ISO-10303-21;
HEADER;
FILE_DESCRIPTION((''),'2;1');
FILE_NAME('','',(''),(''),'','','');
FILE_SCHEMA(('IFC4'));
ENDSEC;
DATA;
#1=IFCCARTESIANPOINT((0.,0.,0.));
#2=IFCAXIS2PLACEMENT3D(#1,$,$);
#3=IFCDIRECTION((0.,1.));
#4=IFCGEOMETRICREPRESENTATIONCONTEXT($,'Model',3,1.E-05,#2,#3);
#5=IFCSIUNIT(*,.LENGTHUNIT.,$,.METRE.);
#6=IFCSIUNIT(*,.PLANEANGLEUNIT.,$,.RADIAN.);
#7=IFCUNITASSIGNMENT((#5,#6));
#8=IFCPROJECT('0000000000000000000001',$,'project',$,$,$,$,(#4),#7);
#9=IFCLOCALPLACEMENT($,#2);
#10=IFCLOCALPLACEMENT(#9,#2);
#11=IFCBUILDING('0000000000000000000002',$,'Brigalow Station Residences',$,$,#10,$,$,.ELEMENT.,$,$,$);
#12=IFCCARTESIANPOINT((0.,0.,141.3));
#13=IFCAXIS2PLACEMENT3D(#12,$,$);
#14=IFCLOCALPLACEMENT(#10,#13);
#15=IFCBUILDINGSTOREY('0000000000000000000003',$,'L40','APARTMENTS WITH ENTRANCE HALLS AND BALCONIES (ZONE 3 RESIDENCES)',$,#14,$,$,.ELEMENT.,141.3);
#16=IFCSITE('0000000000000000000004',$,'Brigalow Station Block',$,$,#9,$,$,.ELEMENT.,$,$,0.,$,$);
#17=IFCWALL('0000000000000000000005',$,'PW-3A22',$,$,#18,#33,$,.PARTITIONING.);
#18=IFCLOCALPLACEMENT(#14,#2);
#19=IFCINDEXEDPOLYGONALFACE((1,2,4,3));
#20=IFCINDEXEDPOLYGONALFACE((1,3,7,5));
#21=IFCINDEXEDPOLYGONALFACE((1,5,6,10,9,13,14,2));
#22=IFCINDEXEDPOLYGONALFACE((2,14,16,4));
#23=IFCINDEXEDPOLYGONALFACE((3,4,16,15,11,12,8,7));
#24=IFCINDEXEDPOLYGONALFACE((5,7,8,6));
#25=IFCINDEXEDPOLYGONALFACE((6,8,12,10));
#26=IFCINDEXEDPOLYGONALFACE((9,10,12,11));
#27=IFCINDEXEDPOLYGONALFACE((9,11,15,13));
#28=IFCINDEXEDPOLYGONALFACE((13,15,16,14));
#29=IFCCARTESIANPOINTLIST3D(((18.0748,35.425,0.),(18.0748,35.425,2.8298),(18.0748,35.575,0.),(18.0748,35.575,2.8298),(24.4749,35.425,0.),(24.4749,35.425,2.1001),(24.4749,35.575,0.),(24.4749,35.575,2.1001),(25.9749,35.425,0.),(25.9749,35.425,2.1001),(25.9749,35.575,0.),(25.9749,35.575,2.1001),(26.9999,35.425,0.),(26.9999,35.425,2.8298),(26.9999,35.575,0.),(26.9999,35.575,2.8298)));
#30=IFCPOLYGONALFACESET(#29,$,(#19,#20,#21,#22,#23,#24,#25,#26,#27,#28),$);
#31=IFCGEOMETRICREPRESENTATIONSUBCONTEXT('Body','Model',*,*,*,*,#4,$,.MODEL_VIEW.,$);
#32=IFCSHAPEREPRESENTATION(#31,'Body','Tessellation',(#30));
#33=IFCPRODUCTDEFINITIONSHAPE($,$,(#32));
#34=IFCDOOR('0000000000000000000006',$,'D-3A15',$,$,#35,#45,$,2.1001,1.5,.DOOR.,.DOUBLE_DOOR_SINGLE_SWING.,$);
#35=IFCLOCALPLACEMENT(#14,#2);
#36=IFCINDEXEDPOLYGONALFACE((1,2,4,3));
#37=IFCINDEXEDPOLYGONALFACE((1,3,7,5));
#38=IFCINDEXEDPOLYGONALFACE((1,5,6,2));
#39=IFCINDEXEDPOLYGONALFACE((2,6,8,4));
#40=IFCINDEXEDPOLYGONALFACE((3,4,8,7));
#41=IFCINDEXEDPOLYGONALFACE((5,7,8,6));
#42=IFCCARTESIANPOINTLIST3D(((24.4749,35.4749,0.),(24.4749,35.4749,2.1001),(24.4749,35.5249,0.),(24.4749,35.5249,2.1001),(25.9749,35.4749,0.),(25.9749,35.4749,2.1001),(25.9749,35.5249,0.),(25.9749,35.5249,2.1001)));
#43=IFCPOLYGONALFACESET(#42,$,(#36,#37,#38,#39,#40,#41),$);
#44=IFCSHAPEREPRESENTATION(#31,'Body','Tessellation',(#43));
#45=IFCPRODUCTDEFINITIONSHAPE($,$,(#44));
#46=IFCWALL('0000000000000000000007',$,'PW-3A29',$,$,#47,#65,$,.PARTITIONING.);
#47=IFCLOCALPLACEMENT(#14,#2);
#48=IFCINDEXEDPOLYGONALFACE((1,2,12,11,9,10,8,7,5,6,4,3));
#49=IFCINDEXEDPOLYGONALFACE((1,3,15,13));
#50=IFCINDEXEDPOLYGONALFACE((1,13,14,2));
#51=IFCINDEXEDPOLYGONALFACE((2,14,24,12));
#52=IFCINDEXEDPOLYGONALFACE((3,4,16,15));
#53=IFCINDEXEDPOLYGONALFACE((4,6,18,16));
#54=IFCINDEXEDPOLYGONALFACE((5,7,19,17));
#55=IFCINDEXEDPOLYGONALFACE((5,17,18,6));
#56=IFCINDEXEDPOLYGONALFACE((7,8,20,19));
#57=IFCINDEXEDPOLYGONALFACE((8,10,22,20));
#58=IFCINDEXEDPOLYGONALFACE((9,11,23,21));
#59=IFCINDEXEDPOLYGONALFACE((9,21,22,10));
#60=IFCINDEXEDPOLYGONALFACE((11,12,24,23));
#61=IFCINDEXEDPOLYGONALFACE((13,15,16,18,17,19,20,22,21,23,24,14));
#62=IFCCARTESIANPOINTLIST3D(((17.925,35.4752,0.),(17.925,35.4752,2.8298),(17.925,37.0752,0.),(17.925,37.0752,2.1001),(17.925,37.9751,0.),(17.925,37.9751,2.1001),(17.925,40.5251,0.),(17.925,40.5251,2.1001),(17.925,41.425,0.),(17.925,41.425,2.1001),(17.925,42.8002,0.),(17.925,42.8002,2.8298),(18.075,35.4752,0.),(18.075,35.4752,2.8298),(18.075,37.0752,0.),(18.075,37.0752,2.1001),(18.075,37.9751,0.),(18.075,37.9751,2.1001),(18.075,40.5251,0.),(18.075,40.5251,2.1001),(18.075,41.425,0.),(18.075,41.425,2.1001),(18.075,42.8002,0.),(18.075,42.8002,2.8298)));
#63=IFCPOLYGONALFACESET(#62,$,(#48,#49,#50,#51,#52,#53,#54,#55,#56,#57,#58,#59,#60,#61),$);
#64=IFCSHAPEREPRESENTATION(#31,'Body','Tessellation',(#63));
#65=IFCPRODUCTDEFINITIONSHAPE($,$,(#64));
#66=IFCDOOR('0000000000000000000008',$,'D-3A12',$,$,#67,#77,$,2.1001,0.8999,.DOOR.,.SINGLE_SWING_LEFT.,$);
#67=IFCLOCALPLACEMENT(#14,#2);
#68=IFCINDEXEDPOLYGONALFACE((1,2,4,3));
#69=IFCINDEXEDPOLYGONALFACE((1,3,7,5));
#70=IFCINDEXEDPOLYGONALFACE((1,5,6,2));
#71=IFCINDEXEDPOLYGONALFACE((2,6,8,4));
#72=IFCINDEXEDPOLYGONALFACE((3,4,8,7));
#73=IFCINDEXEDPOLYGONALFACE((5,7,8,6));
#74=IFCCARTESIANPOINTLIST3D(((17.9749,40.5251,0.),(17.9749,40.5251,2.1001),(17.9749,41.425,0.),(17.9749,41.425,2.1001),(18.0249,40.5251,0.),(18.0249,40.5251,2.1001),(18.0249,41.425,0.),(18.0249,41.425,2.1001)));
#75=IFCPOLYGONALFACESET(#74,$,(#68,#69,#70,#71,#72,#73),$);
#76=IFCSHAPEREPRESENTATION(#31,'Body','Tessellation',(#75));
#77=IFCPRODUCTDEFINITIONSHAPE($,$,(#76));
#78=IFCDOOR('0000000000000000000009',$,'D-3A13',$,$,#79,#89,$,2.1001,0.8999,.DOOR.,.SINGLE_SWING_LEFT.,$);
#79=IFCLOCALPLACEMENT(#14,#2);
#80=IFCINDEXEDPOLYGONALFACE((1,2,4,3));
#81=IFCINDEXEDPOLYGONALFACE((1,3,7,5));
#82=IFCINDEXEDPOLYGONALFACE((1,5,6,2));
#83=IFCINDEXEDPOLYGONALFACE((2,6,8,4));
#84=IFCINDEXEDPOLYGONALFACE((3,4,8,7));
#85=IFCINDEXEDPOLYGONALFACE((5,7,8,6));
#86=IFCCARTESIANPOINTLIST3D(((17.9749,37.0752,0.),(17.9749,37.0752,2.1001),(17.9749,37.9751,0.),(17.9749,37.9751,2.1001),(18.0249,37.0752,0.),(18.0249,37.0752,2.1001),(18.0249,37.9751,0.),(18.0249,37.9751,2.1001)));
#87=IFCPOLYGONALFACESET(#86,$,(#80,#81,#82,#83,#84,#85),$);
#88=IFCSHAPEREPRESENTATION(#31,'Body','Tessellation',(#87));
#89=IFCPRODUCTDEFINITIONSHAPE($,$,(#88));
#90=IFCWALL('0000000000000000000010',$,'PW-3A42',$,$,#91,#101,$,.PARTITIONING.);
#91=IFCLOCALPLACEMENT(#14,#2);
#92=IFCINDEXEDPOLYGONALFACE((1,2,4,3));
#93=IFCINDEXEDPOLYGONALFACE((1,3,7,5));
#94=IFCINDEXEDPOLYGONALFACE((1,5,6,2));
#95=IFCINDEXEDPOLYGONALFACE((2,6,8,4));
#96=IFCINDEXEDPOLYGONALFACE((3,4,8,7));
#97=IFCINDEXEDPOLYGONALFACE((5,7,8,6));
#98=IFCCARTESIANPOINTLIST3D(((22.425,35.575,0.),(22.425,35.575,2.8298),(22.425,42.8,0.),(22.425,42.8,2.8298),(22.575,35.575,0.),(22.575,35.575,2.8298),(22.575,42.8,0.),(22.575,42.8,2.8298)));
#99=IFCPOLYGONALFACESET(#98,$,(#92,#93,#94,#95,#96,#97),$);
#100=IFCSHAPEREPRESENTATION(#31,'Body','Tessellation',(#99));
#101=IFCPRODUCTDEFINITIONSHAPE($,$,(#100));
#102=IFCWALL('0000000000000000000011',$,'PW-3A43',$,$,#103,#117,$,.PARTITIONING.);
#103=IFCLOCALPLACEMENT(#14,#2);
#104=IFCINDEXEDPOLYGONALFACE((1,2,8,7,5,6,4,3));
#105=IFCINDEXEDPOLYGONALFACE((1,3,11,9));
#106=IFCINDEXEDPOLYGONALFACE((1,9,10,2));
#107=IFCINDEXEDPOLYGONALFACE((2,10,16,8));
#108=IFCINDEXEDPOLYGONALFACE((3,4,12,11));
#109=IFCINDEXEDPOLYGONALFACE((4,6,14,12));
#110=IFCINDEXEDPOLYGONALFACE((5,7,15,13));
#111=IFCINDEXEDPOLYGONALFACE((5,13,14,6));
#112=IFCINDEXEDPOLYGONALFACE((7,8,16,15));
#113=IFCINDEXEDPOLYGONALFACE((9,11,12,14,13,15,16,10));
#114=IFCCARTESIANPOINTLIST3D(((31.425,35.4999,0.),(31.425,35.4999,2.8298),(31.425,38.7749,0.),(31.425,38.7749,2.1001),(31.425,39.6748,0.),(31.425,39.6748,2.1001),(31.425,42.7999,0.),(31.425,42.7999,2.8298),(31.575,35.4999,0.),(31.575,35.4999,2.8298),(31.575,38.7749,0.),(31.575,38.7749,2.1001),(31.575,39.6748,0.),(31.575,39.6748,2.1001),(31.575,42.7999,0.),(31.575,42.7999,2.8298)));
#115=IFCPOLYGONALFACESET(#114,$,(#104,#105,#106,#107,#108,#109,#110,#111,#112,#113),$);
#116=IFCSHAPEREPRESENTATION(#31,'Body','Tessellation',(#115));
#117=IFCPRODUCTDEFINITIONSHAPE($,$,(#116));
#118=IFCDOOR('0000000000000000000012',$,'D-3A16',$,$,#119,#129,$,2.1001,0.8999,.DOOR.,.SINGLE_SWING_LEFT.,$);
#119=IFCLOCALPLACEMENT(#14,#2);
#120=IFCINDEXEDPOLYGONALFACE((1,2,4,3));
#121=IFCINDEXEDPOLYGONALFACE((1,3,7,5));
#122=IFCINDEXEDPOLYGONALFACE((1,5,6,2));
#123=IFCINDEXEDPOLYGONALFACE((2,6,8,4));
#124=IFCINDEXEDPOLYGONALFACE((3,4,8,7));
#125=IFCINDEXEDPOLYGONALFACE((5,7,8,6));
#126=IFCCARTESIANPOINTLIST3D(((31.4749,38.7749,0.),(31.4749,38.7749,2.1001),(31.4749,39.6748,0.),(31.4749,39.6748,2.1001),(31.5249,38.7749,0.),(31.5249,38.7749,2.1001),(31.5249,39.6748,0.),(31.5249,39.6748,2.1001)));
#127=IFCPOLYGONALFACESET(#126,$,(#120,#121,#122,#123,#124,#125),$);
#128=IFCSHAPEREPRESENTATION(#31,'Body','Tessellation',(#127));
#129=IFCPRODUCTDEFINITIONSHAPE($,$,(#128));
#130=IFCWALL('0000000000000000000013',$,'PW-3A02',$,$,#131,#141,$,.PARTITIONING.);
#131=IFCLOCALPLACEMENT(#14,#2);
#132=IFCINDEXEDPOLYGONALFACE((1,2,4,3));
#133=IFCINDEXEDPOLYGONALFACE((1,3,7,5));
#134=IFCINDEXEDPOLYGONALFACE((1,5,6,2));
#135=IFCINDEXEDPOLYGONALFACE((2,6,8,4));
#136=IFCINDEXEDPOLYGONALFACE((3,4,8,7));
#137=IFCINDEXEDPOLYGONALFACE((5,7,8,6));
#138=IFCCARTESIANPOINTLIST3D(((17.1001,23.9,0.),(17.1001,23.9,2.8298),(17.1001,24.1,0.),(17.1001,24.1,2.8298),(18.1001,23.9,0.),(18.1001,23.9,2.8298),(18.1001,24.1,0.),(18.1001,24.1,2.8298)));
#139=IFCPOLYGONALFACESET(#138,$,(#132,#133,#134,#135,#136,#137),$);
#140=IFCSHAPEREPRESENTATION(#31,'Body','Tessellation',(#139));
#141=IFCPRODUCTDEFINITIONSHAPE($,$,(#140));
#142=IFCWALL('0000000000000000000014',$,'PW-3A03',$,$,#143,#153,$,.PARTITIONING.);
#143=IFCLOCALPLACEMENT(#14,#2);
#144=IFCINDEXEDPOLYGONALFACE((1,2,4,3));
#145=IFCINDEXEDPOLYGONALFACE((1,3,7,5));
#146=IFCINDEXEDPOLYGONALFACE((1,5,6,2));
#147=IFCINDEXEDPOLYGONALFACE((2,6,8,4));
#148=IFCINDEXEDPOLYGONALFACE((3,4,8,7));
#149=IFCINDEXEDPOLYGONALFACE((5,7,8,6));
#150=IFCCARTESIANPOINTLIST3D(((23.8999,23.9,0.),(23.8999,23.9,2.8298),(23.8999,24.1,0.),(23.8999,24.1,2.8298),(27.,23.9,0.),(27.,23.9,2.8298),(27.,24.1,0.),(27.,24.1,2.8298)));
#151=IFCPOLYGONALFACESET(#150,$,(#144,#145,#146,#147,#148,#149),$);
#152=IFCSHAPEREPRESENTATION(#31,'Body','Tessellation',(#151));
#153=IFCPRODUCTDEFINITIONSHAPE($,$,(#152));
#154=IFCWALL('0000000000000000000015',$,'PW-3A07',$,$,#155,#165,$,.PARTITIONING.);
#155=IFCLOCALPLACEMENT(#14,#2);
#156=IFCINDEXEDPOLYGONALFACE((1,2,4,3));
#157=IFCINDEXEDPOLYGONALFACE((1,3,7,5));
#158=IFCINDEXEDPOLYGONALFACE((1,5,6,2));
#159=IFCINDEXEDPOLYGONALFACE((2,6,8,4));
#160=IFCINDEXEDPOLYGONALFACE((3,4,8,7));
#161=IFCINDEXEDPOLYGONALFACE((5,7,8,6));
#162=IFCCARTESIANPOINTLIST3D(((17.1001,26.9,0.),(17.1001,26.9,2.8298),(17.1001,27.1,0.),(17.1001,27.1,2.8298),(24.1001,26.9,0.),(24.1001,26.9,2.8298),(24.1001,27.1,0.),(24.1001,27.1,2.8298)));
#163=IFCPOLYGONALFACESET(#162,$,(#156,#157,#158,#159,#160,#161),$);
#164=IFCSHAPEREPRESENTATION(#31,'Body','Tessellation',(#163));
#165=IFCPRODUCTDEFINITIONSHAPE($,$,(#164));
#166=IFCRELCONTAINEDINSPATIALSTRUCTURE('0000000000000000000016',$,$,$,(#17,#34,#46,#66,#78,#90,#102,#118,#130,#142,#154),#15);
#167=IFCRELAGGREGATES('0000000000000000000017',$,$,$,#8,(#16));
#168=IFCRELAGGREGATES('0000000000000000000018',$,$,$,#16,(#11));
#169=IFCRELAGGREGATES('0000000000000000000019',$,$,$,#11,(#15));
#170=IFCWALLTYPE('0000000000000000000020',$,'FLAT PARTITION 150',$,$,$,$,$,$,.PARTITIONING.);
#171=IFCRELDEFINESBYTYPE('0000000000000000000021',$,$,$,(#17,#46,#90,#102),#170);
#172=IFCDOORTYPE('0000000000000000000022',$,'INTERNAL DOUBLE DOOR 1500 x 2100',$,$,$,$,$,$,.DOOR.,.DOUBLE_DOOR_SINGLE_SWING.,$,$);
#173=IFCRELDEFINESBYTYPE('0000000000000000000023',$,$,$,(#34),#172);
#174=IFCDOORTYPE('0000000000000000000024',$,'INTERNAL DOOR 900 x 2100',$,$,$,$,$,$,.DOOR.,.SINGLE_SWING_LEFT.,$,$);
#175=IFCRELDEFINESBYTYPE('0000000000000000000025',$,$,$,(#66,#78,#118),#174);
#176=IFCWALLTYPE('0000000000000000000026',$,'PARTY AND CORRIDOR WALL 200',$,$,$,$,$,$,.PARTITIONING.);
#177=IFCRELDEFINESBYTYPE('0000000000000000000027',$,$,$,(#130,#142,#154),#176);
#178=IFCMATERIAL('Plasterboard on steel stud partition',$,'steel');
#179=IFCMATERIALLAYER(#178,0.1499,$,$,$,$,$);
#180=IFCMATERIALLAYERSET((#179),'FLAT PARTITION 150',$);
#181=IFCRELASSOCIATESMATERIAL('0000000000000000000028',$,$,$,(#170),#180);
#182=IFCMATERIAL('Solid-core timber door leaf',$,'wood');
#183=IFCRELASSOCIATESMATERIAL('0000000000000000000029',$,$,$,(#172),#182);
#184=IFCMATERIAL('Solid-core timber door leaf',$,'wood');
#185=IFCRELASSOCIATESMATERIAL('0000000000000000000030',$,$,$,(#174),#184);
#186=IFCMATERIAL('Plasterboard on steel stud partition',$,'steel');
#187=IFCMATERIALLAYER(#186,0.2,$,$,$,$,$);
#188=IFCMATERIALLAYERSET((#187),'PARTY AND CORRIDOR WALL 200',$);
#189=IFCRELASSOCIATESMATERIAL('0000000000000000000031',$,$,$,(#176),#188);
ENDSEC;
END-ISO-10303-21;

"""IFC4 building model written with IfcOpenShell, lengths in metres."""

from ifc_helpers import new_model, si_unit, direction, frame, frame_2d, origin, place, context, subcontext, project, spatial, rectangle, extrude, material, layer, layer_set, type_object, element, fill, save


model = new_model("IFC4")

# Units and contexts
model_context = context("Model", 3, precision=1e-05, world=origin(), true_north=direction((0.0, 1.0)))
body_context = subcontext(model_context, "Body", "Model", "MODEL_VIEW")
ifc_project = project(units=[si_unit("LENGTHUNIT", "METRE"), si_unit("PLANEANGLEUNIT", "RADIAN")], contexts=[model_context])

# Site, building, storey
site_placement = place(None, origin())
site = spatial("IfcSite", under=ifc_project, at=site_placement, Name="Brigalow Station Block", CompositionType="ELEMENT", RefElevation=0.0)
building_placement = place(site_placement, origin())
building = spatial("IfcBuilding", under=site, at=building_placement, Name="Brigalow Station Residences", CompositionType="ELEMENT")
storey_placement = place(building_placement, frame((0.0, 0.0, 141.3)))
storey = spatial("IfcBuildingStorey", under=building, at=storey_placement, Name="L40", Description="APARTMENTS WITH ENTRANCE HALLS AND BALCONIES (ZONE 3 RESIDENCES)", CompositionType="ELEMENT", Elevation=141.3)

# Wall, opening, door
ifc_material_1 = material(Name="Plasterboard on steel stud partition", Category="steel")
ifc_layer_1 = layer(ifc_material_1, 0.1499)
ifc_layer_set_1 = layer_set([ifc_layer_1], Name="FLAT PARTITION 150")
wall_type_1 = type_object("IfcWallType", Name="FLAT PARTITION 150", PredefinedType="PARTITIONING", material=ifc_layer_set_1)
wall_1_placement = place(storey_placement, frame((18.075, 35.5, 0.0), z_axis=(0.0, 0.0, 1.0), x_axis=(1.0, 0.0, 0.0)))
wall_1 = element("IfcWall", 1, at=wall_1_placement, inside=storey, type_object=wall_type_1, Name="PW-3A22", PredefinedType="PARTITIONING", context=body_context, shape_type="SweptSolid", body=[
    extrude(rectangle(XDim=8.925, YDim=0.1499, at=frame_2d((4.4624, 0.0))), origin(), (0.0, 0.0, 1.0), 2.8298),
])
opening_1_placement = place(wall_1_placement, frame((6.3999, 0.0, 0.0)))
opening_1 = element("IfcOpeningElement", 2, at=opening_1_placement, cuts=wall_1, PredefinedType="OPENING", context=body_context, shape_type="SweptSolid", body=[
    extrude(rectangle(XDim=1.5, YDim=2.1001, at=frame_2d((0.75, 1.05))), frame((0.0, 0.085, 0.0), z_axis=(0.0, -1.0, 0.0), x_axis=(1.0, 0.0, 0.0)), (0.0, 0.0, 1.0), 0.1699),
])
ifc_material_2 = material(Name="Solid-core timber door leaf", Category="wood")
door_type_1 = type_object("IfcDoorType", Name="INTERNAL DOUBLE DOOR 1500 x 2100", OperationType="DOUBLE_DOOR_SINGLE_SWING", PredefinedType="DOOR", material=ifc_material_2)
door_1_placement = place(opening_1_placement, origin())
door_1 = element("IfcDoor", 3, at=door_1_placement, inside=storey, type_object=door_type_1, Name="D-3A15", OperationType="DOUBLE_DOOR_SINGLE_SWING", OverallHeight=2.1001, OverallWidth=1.5, PredefinedType="DOOR", context=body_context, shape_type="SweptSolid", body=[
    extrude(rectangle(XDim=1.5, YDim=2.1001, at=frame_2d((0.75, 1.05))), frame((0.0, 0.0249, 0.0), z_axis=(0.0, -1.0, 0.0), x_axis=(1.0, 0.0, 0.0)), (0.0, 0.0, 1.0), 0.05),
])
fill(opening_1, door_1)

# Wall, openings, doors
wall_2_placement = place(storey_placement, frame((18.0, 35.4751, 0.0), z_axis=(0.0, 0.0, 1.0), x_axis=(0.0, 1.0, 0.0)))
wall_2 = element("IfcWall", 4, at=wall_2_placement, inside=storey, type_object=wall_type_1, Name="PW-3A29", PredefinedType="PARTITIONING", context=body_context, shape_type="SweptSolid", body=[
    extrude(rectangle(XDim=7.325, YDim=0.1499, at=frame_2d((3.6626, 0.0))), origin(), (0.0, 0.0, 1.0), 2.8298),
])
opening_2_placement = place(wall_2_placement, frame((5.05, 0.0, 0.0)))
opening_2 = element("IfcOpeningElement", 5, at=opening_2_placement, cuts=wall_2, PredefinedType="OPENING", context=body_context, shape_type="SweptSolid", body=[
    extrude(rectangle(XDim=0.8999, YDim=2.1001, at=frame_2d((0.45, 1.05))), frame((0.0, 0.085, 0.0), z_axis=(0.0, -1.0, 0.0), x_axis=(1.0, 0.0, 0.0)), (0.0, 0.0, 1.0), 0.1699),
])
opening_3_placement = place(wall_2_placement, frame((1.6001, 0.0, 0.0)))
opening_3 = element("IfcOpeningElement", 6, at=opening_3_placement, cuts=wall_2, PredefinedType="OPENING", context=body_context, shape_type="SweptSolid", body=[
    extrude(rectangle(XDim=0.8999, YDim=2.1001, at=frame_2d((0.45, 1.05))), frame((0.0, 0.085, 0.0), z_axis=(0.0, -1.0, 0.0), x_axis=(1.0, 0.0, 0.0)), (0.0, 0.0, 1.0), 0.1699),
])
ifc_material_3 = material(Name="Solid-core timber door leaf", Category="wood")
door_type_2 = type_object("IfcDoorType", Name="INTERNAL DOOR 900 x 2100", OperationType="SINGLE_SWING_LEFT", PredefinedType="DOOR", material=ifc_material_3)
door_2_placement = place(opening_2_placement, frame((0.8999, 0.0, 0.0), z_axis=(0.0, 0.0, 1.0), x_axis=(-1.0, 0.0, 0.0)))
door_2 = element("IfcDoor", 7, at=door_2_placement, inside=storey, type_object=door_type_2, Name="D-3A12", OperationType="SINGLE_SWING_LEFT", OverallHeight=2.1001, OverallWidth=0.8999, PredefinedType="DOOR", context=body_context, shape_type="SweptSolid", body=[
    extrude(rectangle(XDim=0.8999, YDim=2.1001, at=frame_2d((0.45, 1.05))), frame((0.0, 0.0249, 0.0), z_axis=(0.0, -1.0, 0.0), x_axis=(1.0, 0.0, 0.0)), (0.0, 0.0, 1.0), 0.05),
])
fill(opening_2, door_2)
door_3_placement = place(opening_3_placement, frame((0.8999, 0.0, 0.0), z_axis=(0.0, 0.0, 1.0), x_axis=(-1.0, 0.0, 0.0)))
door_3 = element("IfcDoor", 8, at=door_3_placement, inside=storey, type_object=door_type_2, Name="D-3A13", OperationType="SINGLE_SWING_LEFT", OverallHeight=2.1001, OverallWidth=0.8999, PredefinedType="DOOR", context=body_context, shape_type="SweptSolid", body=[
    extrude(rectangle(XDim=0.8999, YDim=2.1001, at=frame_2d((0.45, 1.05))), frame((0.0, 0.0249, 0.0), z_axis=(0.0, -1.0, 0.0), x_axis=(1.0, 0.0, 0.0)), (0.0, 0.0, 1.0), 0.05),
])
fill(opening_3, door_3)

# Wall
wall_3_placement = place(storey_placement, frame((22.5, 35.575, 0.0), z_axis=(0.0, 0.0, 1.0), x_axis=(0.0, 1.0, 0.0)))
element("IfcWall", 9, at=wall_3_placement, inside=storey, type_object=wall_type_1, Name="PW-3A42", PredefinedType="PARTITIONING", context=body_context, shape_type="SweptSolid", body=[
    extrude(rectangle(XDim=7.2251, YDim=0.1499, at=frame_2d((3.6125, 0.0))), origin(), (0.0, 0.0, 1.0), 2.8298),
])

# Wall, opening, door
wall_4_placement = place(storey_placement, frame((31.5, 35.5, 0.0), z_axis=(0.0, 0.0, 1.0), x_axis=(0.0, 1.0, 0.0)))
wall_4 = element("IfcWall", 10, at=wall_4_placement, inside=storey, type_object=wall_type_1, Name="PW-3A43", PredefinedType="PARTITIONING", context=body_context, shape_type="SweptSolid", body=[
    extrude(rectangle(XDim=7.3, YDim=0.1499, at=frame_2d((3.6499, 0.0))), origin(), (0.0, 0.0, 1.0), 2.8298),
])
opening_4_placement = place(wall_4_placement, frame((3.2749, 0.0, 0.0)))
opening_4 = element("IfcOpeningElement", 11, at=opening_4_placement, cuts=wall_4, PredefinedType="OPENING", context=body_context, shape_type="SweptSolid", body=[
    extrude(rectangle(XDim=0.8999, YDim=2.1001, at=frame_2d((0.45, 1.05))), frame((0.0, 0.085, 0.0), z_axis=(0.0, -1.0, 0.0), x_axis=(1.0, 0.0, 0.0)), (0.0, 0.0, 1.0), 0.1699),
])
door_4_placement = place(opening_4_placement, frame((0.8999, 0.0, 0.0), z_axis=(0.0, 0.0, 1.0), x_axis=(-1.0, 0.0, 0.0)))
door_4 = element("IfcDoor", 12, at=door_4_placement, inside=storey, type_object=door_type_2, Name="D-3A16", OperationType="SINGLE_SWING_LEFT", OverallHeight=2.1001, OverallWidth=0.8999, PredefinedType="DOOR", context=body_context, shape_type="SweptSolid", body=[
    extrude(rectangle(XDim=0.8999, YDim=2.1001, at=frame_2d((0.45, 1.05))), frame((0.0, 0.0249, 0.0), z_axis=(0.0, -1.0, 0.0), x_axis=(1.0, 0.0, 0.0)), (0.0, 0.0, 1.0), 0.05),
])
fill(opening_4, door_4)

# Walls
ifc_material_4 = material(Name="Plasterboard on steel stud partition", Category="steel")
ifc_layer_2 = layer(ifc_material_4, 0.2)
ifc_layer_set_2 = layer_set([ifc_layer_2], Name="PARTY AND CORRIDOR WALL 200")
wall_type_2 = type_object("IfcWallType", Name="PARTY AND CORRIDOR WALL 200", PredefinedType="PARTITIONING", material=ifc_layer_set_2)
wall_5_placement = place(storey_placement, frame((17.1001, 24.0, 0.0), z_axis=(0.0, 0.0, 1.0), x_axis=(1.0, 0.0, 0.0)))
element("IfcWall", 13, at=wall_5_placement, inside=storey, type_object=wall_type_2, Name="PW-3A02", PredefinedType="PARTITIONING", context=body_context, shape_type="SweptSolid", body=[
    extrude(rectangle(XDim=1.0, YDim=0.2, at=frame_2d((0.5, 0.0))), origin(), (0.0, 0.0, 1.0), 2.8298),
])
wall_6_placement = place(storey_placement, frame((23.8999, 24.0, 0.0), z_axis=(0.0, 0.0, 1.0), x_axis=(1.0, 0.0, 0.0)))
element("IfcWall", 14, at=wall_6_placement, inside=storey, type_object=wall_type_2, Name="PW-3A03", PredefinedType="PARTITIONING", context=body_context, shape_type="SweptSolid", body=[
    extrude(rectangle(XDim=3.1001, YDim=0.2, at=frame_2d((1.55, 0.0))), origin(), (0.0, 0.0, 1.0), 2.8298),
])
wall_7_placement = place(storey_placement, frame((17.1001, 27.0, 0.0), z_axis=(0.0, 0.0, 1.0), x_axis=(1.0, 0.0, 0.0)))
element("IfcWall", 15, at=wall_7_placement, inside=storey, type_object=wall_type_2, Name="PW-3A07", PredefinedType="PARTITIONING", context=body_context, shape_type="SweptSolid", body=[
    extrude(rectangle(XDim=7.0, YDim=0.2, at=frame_2d((3.5, 0.0))), origin(), (0.0, 0.0, 1.0), 2.8298),
])

save(model, "model.ifc")
